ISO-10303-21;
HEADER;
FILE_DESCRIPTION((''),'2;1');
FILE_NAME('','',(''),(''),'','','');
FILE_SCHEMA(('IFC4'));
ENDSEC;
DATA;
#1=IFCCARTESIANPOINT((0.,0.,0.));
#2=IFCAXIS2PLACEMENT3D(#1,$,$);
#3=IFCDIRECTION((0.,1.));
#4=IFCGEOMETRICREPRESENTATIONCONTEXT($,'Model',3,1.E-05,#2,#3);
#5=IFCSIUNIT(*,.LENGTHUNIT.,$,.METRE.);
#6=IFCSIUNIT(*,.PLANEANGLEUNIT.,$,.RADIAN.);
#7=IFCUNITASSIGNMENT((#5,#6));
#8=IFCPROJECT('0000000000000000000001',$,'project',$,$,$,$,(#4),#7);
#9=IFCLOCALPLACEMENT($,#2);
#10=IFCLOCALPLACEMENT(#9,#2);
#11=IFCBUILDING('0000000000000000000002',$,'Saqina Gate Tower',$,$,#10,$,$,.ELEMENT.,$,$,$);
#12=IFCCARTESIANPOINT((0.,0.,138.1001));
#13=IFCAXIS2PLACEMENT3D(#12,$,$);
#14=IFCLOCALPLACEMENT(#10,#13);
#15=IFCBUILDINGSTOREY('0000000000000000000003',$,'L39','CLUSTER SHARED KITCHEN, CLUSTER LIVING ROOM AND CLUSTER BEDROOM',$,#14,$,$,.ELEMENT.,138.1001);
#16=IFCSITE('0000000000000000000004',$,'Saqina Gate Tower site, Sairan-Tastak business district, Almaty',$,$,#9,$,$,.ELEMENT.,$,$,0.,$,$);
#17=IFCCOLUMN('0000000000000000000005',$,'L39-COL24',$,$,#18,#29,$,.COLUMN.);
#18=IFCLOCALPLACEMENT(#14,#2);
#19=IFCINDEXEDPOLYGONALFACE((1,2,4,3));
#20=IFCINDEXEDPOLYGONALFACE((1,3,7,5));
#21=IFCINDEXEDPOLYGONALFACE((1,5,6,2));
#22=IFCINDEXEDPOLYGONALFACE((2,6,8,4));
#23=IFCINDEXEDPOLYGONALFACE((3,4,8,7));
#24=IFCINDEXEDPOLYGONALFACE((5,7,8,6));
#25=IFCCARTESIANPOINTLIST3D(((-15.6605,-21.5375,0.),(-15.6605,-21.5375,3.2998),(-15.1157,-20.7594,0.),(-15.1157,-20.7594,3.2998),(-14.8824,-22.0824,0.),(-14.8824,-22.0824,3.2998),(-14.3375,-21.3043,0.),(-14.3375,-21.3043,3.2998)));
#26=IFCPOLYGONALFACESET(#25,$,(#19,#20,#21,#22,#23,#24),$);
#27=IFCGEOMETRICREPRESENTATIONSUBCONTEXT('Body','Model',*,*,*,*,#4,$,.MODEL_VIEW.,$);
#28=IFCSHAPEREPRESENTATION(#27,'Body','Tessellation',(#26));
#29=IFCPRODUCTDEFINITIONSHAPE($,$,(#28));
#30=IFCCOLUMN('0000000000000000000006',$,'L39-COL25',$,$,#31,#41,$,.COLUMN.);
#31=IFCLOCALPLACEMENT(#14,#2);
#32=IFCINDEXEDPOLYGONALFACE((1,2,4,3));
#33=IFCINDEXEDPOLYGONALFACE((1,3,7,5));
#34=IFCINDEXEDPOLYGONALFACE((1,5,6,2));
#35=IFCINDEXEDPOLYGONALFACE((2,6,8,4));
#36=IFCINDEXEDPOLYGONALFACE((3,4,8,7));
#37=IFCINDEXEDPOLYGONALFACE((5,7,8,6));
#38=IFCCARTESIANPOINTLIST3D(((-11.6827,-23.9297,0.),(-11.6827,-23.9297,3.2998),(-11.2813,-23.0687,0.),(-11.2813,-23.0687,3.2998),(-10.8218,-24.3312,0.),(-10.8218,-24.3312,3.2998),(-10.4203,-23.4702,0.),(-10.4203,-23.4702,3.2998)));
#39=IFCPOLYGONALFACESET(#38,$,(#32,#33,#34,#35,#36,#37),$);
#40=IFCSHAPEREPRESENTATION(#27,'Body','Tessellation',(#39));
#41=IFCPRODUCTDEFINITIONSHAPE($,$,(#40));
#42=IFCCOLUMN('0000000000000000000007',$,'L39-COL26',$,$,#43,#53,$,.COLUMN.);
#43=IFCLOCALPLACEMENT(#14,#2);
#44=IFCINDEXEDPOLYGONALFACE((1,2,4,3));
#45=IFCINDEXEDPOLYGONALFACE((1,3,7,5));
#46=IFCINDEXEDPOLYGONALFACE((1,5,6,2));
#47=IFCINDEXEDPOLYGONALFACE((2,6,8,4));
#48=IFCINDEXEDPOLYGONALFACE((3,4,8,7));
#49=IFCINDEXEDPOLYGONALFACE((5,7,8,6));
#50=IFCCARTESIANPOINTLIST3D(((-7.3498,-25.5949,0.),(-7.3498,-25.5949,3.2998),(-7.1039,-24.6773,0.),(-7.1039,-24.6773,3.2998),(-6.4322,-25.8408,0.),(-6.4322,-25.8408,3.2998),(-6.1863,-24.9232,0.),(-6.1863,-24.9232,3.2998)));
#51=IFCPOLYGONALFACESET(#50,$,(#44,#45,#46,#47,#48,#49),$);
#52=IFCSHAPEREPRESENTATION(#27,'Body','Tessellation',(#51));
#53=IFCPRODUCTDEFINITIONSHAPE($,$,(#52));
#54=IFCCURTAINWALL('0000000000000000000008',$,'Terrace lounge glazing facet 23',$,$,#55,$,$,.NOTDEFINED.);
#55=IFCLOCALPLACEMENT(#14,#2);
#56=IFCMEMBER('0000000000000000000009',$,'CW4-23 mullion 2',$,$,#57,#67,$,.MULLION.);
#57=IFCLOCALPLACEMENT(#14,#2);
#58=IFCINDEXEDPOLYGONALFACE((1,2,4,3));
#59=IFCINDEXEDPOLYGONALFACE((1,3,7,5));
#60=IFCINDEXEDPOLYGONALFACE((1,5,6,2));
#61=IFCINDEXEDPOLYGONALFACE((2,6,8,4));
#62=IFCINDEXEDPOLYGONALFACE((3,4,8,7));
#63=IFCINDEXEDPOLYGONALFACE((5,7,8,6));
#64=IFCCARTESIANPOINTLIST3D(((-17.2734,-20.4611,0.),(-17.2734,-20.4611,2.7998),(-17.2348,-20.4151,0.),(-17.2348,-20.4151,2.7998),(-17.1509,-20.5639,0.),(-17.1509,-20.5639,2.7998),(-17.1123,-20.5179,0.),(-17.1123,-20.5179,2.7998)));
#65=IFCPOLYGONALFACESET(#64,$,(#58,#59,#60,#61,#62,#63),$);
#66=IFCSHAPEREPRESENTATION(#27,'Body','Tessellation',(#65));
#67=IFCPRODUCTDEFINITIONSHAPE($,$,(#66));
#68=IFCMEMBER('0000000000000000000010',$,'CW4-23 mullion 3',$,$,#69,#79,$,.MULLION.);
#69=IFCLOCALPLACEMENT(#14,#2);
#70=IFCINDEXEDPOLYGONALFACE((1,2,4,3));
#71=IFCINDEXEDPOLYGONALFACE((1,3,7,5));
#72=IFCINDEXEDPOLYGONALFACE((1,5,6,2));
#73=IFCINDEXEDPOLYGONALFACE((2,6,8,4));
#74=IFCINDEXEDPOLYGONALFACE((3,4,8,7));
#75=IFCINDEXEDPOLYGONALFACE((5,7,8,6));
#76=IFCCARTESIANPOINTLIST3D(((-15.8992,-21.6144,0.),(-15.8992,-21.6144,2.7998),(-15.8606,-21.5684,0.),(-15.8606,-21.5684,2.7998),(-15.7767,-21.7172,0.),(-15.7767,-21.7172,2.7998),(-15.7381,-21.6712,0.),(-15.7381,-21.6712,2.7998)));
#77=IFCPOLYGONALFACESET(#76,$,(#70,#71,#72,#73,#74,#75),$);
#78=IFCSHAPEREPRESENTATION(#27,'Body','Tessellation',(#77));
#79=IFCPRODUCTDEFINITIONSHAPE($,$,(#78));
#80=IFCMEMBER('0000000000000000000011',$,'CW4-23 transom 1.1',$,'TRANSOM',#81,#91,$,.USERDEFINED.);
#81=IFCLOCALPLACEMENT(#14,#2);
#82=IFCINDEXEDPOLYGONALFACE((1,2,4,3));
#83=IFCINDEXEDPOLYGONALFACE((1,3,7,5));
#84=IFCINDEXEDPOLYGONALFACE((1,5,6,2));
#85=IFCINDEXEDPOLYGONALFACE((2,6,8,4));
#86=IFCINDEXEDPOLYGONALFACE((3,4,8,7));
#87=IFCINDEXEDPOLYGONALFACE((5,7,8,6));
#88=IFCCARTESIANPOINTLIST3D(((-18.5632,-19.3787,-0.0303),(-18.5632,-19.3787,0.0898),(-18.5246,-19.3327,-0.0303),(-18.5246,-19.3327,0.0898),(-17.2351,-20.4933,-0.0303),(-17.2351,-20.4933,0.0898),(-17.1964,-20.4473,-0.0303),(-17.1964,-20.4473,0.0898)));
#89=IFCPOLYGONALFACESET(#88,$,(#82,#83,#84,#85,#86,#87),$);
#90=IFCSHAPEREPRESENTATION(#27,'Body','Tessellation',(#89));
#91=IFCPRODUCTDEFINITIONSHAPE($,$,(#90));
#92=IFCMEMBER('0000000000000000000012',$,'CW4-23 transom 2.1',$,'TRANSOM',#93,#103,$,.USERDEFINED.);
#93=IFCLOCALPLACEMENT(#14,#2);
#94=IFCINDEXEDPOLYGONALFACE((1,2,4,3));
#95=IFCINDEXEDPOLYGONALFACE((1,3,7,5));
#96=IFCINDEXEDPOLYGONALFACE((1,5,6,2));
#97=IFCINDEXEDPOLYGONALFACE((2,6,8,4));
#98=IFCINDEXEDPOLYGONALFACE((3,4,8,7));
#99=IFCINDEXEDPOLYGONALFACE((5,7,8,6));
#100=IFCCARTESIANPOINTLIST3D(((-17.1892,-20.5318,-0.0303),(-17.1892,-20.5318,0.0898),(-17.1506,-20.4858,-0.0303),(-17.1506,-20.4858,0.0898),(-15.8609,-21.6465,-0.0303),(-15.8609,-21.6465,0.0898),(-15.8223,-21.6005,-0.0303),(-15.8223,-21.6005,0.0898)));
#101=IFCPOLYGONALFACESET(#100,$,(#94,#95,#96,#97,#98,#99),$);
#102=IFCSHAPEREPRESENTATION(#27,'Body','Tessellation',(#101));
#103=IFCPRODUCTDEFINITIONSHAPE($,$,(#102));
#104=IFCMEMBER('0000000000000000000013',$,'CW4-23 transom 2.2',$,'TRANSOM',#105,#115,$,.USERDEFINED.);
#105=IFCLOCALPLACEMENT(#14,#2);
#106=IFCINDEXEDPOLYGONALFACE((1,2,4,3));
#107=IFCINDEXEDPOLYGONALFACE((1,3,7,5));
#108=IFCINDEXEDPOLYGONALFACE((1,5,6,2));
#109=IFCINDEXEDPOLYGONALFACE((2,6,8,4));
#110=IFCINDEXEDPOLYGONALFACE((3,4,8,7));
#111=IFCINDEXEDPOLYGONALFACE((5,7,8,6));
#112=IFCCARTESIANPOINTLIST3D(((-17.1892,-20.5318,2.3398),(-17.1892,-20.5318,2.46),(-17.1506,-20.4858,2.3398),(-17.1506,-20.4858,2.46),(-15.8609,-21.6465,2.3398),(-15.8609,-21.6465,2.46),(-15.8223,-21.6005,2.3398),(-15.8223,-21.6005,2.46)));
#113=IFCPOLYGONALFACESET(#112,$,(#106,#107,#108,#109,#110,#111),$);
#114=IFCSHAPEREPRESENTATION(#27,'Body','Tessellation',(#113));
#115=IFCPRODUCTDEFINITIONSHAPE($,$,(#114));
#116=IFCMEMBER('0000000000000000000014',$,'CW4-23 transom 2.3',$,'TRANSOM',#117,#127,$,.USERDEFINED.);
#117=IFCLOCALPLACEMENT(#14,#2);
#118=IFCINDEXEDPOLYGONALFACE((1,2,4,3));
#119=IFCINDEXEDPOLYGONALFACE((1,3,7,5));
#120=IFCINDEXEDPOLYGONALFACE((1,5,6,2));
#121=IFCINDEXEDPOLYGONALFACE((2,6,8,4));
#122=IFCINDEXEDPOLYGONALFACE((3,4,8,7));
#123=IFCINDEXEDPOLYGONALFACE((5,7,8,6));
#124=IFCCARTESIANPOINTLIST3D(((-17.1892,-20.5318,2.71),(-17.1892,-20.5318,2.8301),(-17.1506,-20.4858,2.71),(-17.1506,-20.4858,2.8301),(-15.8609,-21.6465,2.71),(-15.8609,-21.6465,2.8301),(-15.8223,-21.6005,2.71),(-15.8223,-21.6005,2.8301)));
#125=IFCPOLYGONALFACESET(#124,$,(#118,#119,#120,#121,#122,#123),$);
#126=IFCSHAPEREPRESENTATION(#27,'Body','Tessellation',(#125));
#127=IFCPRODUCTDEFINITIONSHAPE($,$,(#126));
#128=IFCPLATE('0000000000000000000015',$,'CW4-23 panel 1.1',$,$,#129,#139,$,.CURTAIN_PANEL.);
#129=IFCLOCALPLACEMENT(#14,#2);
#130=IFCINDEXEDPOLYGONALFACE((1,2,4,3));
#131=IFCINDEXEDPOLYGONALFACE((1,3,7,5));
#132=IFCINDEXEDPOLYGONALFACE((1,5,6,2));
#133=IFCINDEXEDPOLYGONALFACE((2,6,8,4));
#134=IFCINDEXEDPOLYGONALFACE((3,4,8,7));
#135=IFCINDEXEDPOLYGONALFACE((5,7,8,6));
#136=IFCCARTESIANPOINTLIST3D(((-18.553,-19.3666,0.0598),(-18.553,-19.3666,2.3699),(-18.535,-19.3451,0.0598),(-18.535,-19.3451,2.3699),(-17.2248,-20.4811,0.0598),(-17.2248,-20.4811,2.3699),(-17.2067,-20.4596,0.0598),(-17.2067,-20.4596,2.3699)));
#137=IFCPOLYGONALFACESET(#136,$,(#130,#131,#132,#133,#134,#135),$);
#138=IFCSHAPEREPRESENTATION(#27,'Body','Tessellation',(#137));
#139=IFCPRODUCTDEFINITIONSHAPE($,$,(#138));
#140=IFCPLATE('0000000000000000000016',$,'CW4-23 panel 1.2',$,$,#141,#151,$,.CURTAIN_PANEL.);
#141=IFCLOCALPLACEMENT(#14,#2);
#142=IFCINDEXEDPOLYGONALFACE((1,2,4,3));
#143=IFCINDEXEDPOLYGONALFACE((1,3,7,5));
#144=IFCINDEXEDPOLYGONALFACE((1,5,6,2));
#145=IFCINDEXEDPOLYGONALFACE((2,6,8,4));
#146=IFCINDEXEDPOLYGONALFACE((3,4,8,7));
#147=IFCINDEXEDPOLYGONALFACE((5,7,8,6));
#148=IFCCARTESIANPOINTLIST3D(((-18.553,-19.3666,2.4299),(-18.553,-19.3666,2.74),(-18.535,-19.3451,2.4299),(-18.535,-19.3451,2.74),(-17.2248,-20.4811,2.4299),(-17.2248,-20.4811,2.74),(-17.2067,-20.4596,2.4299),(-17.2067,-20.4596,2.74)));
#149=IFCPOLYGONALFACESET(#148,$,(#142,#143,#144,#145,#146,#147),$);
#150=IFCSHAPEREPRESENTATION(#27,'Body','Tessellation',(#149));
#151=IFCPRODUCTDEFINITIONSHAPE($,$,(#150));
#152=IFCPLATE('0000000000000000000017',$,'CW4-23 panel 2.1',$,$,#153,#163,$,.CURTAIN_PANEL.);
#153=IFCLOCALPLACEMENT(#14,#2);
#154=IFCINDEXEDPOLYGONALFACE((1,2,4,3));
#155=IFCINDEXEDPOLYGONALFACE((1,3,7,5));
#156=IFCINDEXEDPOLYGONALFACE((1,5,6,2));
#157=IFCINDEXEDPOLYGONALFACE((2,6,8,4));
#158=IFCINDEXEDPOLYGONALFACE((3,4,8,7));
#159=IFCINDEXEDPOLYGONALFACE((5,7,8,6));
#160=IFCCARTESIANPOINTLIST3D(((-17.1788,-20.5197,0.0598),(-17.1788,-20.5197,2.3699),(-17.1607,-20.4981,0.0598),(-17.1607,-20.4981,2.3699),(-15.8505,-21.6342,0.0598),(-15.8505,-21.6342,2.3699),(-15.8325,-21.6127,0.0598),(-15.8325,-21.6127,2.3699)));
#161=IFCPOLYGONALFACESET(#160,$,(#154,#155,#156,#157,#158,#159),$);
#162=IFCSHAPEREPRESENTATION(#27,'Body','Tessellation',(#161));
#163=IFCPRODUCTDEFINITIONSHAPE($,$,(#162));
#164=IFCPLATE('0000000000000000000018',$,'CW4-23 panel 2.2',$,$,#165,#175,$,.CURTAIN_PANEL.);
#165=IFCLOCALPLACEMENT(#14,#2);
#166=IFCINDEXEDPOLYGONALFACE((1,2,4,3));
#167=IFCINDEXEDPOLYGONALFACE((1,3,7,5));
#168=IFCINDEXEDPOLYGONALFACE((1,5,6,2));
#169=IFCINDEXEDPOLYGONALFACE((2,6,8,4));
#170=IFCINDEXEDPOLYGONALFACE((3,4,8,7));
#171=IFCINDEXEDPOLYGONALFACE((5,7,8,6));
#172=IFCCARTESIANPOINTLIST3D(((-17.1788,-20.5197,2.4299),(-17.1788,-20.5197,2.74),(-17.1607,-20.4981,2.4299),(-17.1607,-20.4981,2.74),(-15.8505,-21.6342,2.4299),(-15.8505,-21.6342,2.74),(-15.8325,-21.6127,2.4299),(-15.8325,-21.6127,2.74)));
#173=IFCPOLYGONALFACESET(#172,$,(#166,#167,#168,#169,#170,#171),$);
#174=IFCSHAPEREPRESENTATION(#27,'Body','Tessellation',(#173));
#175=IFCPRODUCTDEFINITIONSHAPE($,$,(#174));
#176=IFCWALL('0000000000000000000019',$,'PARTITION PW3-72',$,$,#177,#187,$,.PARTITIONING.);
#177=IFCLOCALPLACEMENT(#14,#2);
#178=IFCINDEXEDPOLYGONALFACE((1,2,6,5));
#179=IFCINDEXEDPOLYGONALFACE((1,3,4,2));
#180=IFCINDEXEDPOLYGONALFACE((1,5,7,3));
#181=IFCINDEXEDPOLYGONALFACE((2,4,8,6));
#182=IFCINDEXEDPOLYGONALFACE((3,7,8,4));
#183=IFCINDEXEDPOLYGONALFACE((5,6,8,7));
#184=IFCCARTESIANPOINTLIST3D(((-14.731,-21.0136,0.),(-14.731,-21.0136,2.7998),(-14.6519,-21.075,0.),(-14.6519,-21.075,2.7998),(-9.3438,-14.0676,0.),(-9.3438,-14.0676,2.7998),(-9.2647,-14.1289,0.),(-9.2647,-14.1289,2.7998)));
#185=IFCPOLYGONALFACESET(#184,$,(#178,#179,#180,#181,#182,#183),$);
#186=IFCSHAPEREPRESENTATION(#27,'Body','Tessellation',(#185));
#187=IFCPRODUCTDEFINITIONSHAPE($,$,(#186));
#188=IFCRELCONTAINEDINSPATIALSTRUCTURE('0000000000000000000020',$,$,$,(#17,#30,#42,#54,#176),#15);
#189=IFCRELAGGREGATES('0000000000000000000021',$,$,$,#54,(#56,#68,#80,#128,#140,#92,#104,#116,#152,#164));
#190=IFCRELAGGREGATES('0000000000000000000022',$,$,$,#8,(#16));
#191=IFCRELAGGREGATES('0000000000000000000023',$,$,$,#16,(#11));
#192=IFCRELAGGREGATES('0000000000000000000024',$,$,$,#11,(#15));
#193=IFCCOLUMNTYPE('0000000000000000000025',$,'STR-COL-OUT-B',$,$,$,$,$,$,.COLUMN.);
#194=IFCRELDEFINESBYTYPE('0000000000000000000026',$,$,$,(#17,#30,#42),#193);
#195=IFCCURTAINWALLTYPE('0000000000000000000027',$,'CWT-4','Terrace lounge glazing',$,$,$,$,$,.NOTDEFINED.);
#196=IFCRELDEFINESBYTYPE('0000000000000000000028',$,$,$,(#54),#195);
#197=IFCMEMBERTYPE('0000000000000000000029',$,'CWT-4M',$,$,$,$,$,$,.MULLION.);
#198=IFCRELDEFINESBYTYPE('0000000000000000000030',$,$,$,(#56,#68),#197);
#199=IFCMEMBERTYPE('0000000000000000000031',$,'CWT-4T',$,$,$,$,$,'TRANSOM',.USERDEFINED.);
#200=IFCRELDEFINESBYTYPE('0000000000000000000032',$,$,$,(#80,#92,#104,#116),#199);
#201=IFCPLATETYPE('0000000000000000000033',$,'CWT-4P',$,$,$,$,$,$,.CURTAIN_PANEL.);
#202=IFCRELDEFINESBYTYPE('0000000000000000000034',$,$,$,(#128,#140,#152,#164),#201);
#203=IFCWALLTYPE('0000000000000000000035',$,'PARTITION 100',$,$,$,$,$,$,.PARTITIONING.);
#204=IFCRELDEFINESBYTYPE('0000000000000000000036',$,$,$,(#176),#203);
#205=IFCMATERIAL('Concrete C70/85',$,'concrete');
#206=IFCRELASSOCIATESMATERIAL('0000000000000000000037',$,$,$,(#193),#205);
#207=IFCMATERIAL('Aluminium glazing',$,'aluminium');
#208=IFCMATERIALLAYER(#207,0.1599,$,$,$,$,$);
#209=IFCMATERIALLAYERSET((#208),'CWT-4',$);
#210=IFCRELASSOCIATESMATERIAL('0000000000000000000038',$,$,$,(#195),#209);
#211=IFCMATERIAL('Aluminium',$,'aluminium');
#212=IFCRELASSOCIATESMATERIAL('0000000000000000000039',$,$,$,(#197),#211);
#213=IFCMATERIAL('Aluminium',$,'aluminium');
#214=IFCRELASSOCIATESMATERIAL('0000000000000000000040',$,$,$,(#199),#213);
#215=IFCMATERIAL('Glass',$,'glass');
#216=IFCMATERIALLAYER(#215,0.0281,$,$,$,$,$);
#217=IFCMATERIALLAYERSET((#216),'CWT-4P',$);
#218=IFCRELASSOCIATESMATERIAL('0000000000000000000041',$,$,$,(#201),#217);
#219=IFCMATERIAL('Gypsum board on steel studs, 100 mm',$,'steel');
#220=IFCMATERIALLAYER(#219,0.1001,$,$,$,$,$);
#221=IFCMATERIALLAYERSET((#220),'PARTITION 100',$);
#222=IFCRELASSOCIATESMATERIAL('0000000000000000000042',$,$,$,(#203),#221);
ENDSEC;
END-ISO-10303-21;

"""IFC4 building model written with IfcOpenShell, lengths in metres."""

from ifc_helpers import new_model, si_unit, direction, frame, frame_2d, origin, origin_2d, place, context, subcontext, project, spatial, rectangle, extrude, material, layer, layer_set, material_profile, profile_set, type_object, element, aggregate, save


model = new_model("IFC4")

# Units and contexts
model_context = context("Model", 3, precision=1e-05, world=origin(), true_north=direction((0.0, 1.0)))
body_context = subcontext(model_context, "Body", "Model", "MODEL_VIEW")
ifc_project = project(units=[si_unit("LENGTHUNIT", "METRE"), si_unit("PLANEANGLEUNIT", "RADIAN")], contexts=[model_context])

# Site, building, storey
site_placement = place(None, origin())
site = spatial("IfcSite", under=ifc_project, at=site_placement, Name="Saqina Gate Tower site, Sairan-Tastak business district, Almaty", CompositionType="ELEMENT", RefElevation=0.0)
building_placement = place(site_placement, origin())
building = spatial("IfcBuilding", under=site, at=building_placement, Name="Saqina Gate Tower", CompositionType="ELEMENT")
storey_placement = place(building_placement, frame((0.0, 0.0, 138.1001)))
storey = spatial("IfcBuildingStorey", under=building, at=storey_placement, Name="L39", Description="CLUSTER SHARED KITCHEN, CLUSTER LIVING ROOM AND CLUSTER BEDROOM", CompositionType="ELEMENT", Elevation=138.1001)

# Columns
ifc_material_1 = material(Name="Concrete C70/85", Category="concrete")
ifc_material_profile_1 = material_profile(ifc_material_1, rectangle(XDim=0.95, YDim=0.95, at=origin_2d()), Name="RC 950x950")
ifc_profile_set_1 = profile_set([ifc_material_profile_1], Name="Concrete C70/85")
column_type = type_object("IfcColumnType", Name="STR-COL-OUT-B", PredefinedType="COLUMN", material=ifc_profile_set_1)
for number, where, z_axis, x_axis, name in (
    (1, (-14.999, -21.4209, 0.0), (0.0, 0.0, 1.0), (-0.573576, -0.819152, 0.0), "L39-COL24"),
    (2, (-11.0515, -23.7, 0.0), (0.0, 0.0, 1.0), (-0.422618, -0.906308, 0.0), "L39-COL25"),
    (3, (-6.7681, -25.259, 0.0), (0.0, 0.0, 1.0), (-0.258819, -0.965926, 0.0), "L39-COL26"),
):
    element("IfcColumn", number, at=place(storey_placement, frame(where, z_axis=z_axis, x_axis=x_axis)), inside=storey, type_object=column_type, Name=name, PredefinedType="COLUMN", context=body_context, shape_type="SweptSolid", body=[
        extrude(rectangle(XDim=0.95, YDim=0.95, at=origin_2d()), origin(), (0.0, 0.0, 1.0), 3.2998),
    ])

# Curtain wall, members, plates
ifc_material_2 = material(Name="Aluminium glazing", Category="aluminium")
ifc_layer_1 = layer(ifc_material_2, 0.1599)
ifc_layer_set_1 = layer_set([ifc_layer_1], Name="CWT-4")
curtain_wall_type = type_object("IfcCurtainWallType", Name="CWT-4", Description="Terrace lounge glazing", PredefinedType="NOTDEFINED", material=ifc_layer_set_1)
curtain_wall_placement = place(storey_placement, origin())
curtain_wall = element("IfcCurtainWall", 4, at=curtain_wall_placement, inside=storey, type_object=curtain_wall_type, Name="Terrace lounge glazing facet 23", PredefinedType="NOTDEFINED")
ifc_material_3 = material(Name="Aluminium", Category="aluminium")
ifc_material_profile_2 = material_profile(ifc_material_3, rectangle(XDim=0.0601, YDim=0.1599, at=origin_2d()), Name="Aluminium 60x160")
ifc_profile_set_2 = profile_set([ifc_material_profile_2], Name="Aluminium")
member_type_1 = type_object("IfcMemberType", Name="CWT-4M", PredefinedType="MULLION", material=ifc_profile_set_2)
member_1_placement = place(storey_placement, frame((-17.1929, -20.4895, 0.0), z_axis=(0.0, 0.0, 1.0), x_axis=(0.642791, 0.766042, 0.0)))
member_1 = element("IfcMember", 5, at=member_1_placement, type_object=member_type_1, Name="CW4-23 mullion 2", PredefinedType="MULLION", context=body_context, shape_type="SweptSolid", body=[
    extrude(rectangle(XDim=0.0601, YDim=0.1599, at=origin_2d()), origin(), (0.0, 0.0, 1.0), 2.7998),
])
member_2_placement = place(storey_placement, frame((-15.8186, -21.6428, 0.0), z_axis=(0.0, 0.0, 1.0), x_axis=(0.642791, 0.766042, 0.0)))
member_2 = element("IfcMember", 6, at=member_2_placement, type_object=member_type_1, Name="CW4-23 mullion 3", PredefinedType="MULLION", context=body_context, shape_type="SweptSolid", body=[
    extrude(rectangle(XDim=0.0601, YDim=0.1599, at=origin_2d()), origin(), (0.0, 0.0, 1.0), 2.7998),
])
ifc_material_4 = material(Name="Aluminium", Category="aluminium")
ifc_material_profile_3 = material_profile(ifc_material_4, rectangle(XDim=0.0601, YDim=0.1201, at=origin_2d()), Name="Aluminium 60x120")
ifc_profile_set_3 = profile_set([ifc_material_profile_3], Name="Aluminium")
member_type_2 = type_object("IfcMemberType", Name="CWT-4T", ElementType="TRANSOM", PredefinedType="USERDEFINED", material=ifc_profile_set_3)
member_3_placement = place(storey_placement, frame((-18.5439, -19.3557, 0.0298), z_axis=(0.766024, -0.642812, 0.0), x_axis=(0.642812, 0.766024, 0.0)))
member_3 = element("IfcMember", 7, at=member_3_placement, type_object=member_type_2, Name="CW4-23 transom 1.1", ObjectType="TRANSOM", PredefinedType="USERDEFINED", context=body_context, shape_type="SweptSolid", body=[
    extrude(rectangle(XDim=0.0601, YDim=0.1201, at=origin_2d()), origin(), (0.0, 0.0, 1.0), 1.7339),
])
member_4_placement = place(storey_placement, frame((-17.1699, -20.5088, 0.0298), z_axis=(0.766013, -0.642826, 0.0), x_axis=(0.642826, 0.766013, 0.0)))
member_4 = element("IfcMember", 8, at=member_4_placement, type_object=member_type_2, Name="CW4-23 transom 2.1", ObjectType="TRANSOM", PredefinedType="USERDEFINED", context=body_context, shape_type="SweptSolid", body=[
    extrude(rectangle(XDim=0.0601, YDim=0.1201, at=origin_2d()), origin(), (0.0, 0.0, 1.0), 1.7341),
])
member_5_placement = place(storey_placement, frame((-17.1699, -20.5088, 2.3999), z_axis=(0.766013, -0.642826, 0.0), x_axis=(0.642826, 0.766013, 0.0)))
member_5 = element("IfcMember", 9, at=member_5_placement, type_object=member_type_2, Name="CW4-23 transom 2.2", ObjectType="TRANSOM", PredefinedType="USERDEFINED", context=body_context, shape_type="SweptSolid", body=[
    extrude(rectangle(XDim=0.0601, YDim=0.1201, at=origin_2d()), origin(), (0.0, 0.0, 1.0), 1.7341),
])
member_6_placement = place(storey_placement, frame((-17.1699, -20.5088, 2.77), z_axis=(0.766013, -0.642826, 0.0), x_axis=(0.642826, 0.766013, 0.0)))
member_6 = element("IfcMember", 10, at=member_6_placement, type_object=member_type_2, Name="CW4-23 transom 2.3", ObjectType="TRANSOM", PredefinedType="USERDEFINED", context=body_context, shape_type="SweptSolid", body=[
    extrude(rectangle(XDim=0.0601, YDim=0.1201, at=origin_2d()), origin(), (0.0, 0.0, 1.0), 1.7341),
])
ifc_material_5 = material(Name="Glass", Category="glass")
ifc_layer_2 = layer(ifc_material_5, 0.0281)
ifc_layer_set_2 = layer_set([ifc_layer_2], Name="CWT-4P")
plate_type = type_object("IfcPlateType", Name="CWT-4P", PredefinedType="CURTAIN_PANEL", material=ifc_layer_set_2)
plate_1_placement = place(storey_placement, frame((-17.8799, -19.9131, 0.0598), z_axis=(0.0, 0.0, 1.0), x_axis=(0.766042, -0.642791, 0.0)))
plate_1 = element("IfcPlate", 11, at=plate_1_placement, type_object=plate_type, Name="CW4-23 panel 1.1", PredefinedType="CURTAIN_PANEL", context=body_context, shape_type="SweptSolid", body=[
    extrude(rectangle(XDim=1.7339, YDim=0.0281, at=origin_2d()), origin(), (0.0, 0.0, 1.0), 2.3101),
])
plate_2_placement = place(storey_placement, frame((-17.8799, -19.9131, 2.4299), z_axis=(0.0, 0.0, 1.0), x_axis=(0.766042, -0.642791, 0.0)))
plate_2 = element("IfcPlate", 12, at=plate_2_placement, type_object=plate_type, Name="CW4-23 panel 1.2", PredefinedType="CURTAIN_PANEL", context=body_context, shape_type="SweptSolid", body=[
    extrude(rectangle(XDim=1.7339, YDim=0.0281, at=origin_2d()), origin(), (0.0, 0.0, 1.0), 0.3101),
])
plate_3_placement = place(storey_placement, frame((-16.5056, -21.0662, 0.0598), z_axis=(0.0, 0.0, 1.0), x_axis=(0.766042, -0.642791, 0.0)))
plate_3 = element("IfcPlate", 13, at=plate_3_placement, type_object=plate_type, Name="CW4-23 panel 2.1", PredefinedType="CURTAIN_PANEL", context=body_context, shape_type="SweptSolid", body=[
    extrude(rectangle(XDim=1.7339, YDim=0.0281, at=origin_2d()), origin(), (0.0, 0.0, 1.0), 2.3101),
])
plate_4_placement = place(storey_placement, frame((-16.5056, -21.0662, 2.4299), z_axis=(0.0, 0.0, 1.0), x_axis=(0.766042, -0.642791, 0.0)))
plate_4 = element("IfcPlate", 14, at=plate_4_placement, type_object=plate_type, Name="CW4-23 panel 2.2", PredefinedType="CURTAIN_PANEL", context=body_context, shape_type="SweptSolid", body=[
    extrude(rectangle(XDim=1.7339, YDim=0.0281, at=origin_2d()), origin(), (0.0, 0.0, 1.0), 0.3101),
])
aggregate(curtain_wall, [member_1, member_2, member_3, plate_1, plate_2, member_4, member_5, member_6, plate_3, plate_4])

# Wall
ifc_material_6 = material(Name="Gypsum board on steel studs, 100 mm", Category="steel")
ifc_layer_3 = layer(ifc_material_6, 0.1001)
ifc_layer_set_3 = layer_set([ifc_layer_3], Name="PARTITION 100")
wall_type_1 = type_object("IfcWallType", Name="PARTITION 100", PredefinedType="PARTITIONING", material=ifc_layer_set_3)
wall_1_placement = place(storey_placement, frame((-14.6914, -21.0442, 0.0), z_axis=(0.0, 0.0, 1.0), x_axis=(0.612857, 0.790193, 0.0)))
element("IfcWall", 15, at=wall_1_placement, inside=storey, type_object=wall_type_1, Name="PARTITION PW3-72", PredefinedType="PARTITIONING", context=body_context, shape_type="SweptSolid", body=[
    extrude(rectangle(XDim=8.7903, YDim=0.1001, at=frame_2d((4.395, 0.0))), origin(), (0.0, 0.0, 1.0), 2.7998),
])

save(model, "model.ifc")
